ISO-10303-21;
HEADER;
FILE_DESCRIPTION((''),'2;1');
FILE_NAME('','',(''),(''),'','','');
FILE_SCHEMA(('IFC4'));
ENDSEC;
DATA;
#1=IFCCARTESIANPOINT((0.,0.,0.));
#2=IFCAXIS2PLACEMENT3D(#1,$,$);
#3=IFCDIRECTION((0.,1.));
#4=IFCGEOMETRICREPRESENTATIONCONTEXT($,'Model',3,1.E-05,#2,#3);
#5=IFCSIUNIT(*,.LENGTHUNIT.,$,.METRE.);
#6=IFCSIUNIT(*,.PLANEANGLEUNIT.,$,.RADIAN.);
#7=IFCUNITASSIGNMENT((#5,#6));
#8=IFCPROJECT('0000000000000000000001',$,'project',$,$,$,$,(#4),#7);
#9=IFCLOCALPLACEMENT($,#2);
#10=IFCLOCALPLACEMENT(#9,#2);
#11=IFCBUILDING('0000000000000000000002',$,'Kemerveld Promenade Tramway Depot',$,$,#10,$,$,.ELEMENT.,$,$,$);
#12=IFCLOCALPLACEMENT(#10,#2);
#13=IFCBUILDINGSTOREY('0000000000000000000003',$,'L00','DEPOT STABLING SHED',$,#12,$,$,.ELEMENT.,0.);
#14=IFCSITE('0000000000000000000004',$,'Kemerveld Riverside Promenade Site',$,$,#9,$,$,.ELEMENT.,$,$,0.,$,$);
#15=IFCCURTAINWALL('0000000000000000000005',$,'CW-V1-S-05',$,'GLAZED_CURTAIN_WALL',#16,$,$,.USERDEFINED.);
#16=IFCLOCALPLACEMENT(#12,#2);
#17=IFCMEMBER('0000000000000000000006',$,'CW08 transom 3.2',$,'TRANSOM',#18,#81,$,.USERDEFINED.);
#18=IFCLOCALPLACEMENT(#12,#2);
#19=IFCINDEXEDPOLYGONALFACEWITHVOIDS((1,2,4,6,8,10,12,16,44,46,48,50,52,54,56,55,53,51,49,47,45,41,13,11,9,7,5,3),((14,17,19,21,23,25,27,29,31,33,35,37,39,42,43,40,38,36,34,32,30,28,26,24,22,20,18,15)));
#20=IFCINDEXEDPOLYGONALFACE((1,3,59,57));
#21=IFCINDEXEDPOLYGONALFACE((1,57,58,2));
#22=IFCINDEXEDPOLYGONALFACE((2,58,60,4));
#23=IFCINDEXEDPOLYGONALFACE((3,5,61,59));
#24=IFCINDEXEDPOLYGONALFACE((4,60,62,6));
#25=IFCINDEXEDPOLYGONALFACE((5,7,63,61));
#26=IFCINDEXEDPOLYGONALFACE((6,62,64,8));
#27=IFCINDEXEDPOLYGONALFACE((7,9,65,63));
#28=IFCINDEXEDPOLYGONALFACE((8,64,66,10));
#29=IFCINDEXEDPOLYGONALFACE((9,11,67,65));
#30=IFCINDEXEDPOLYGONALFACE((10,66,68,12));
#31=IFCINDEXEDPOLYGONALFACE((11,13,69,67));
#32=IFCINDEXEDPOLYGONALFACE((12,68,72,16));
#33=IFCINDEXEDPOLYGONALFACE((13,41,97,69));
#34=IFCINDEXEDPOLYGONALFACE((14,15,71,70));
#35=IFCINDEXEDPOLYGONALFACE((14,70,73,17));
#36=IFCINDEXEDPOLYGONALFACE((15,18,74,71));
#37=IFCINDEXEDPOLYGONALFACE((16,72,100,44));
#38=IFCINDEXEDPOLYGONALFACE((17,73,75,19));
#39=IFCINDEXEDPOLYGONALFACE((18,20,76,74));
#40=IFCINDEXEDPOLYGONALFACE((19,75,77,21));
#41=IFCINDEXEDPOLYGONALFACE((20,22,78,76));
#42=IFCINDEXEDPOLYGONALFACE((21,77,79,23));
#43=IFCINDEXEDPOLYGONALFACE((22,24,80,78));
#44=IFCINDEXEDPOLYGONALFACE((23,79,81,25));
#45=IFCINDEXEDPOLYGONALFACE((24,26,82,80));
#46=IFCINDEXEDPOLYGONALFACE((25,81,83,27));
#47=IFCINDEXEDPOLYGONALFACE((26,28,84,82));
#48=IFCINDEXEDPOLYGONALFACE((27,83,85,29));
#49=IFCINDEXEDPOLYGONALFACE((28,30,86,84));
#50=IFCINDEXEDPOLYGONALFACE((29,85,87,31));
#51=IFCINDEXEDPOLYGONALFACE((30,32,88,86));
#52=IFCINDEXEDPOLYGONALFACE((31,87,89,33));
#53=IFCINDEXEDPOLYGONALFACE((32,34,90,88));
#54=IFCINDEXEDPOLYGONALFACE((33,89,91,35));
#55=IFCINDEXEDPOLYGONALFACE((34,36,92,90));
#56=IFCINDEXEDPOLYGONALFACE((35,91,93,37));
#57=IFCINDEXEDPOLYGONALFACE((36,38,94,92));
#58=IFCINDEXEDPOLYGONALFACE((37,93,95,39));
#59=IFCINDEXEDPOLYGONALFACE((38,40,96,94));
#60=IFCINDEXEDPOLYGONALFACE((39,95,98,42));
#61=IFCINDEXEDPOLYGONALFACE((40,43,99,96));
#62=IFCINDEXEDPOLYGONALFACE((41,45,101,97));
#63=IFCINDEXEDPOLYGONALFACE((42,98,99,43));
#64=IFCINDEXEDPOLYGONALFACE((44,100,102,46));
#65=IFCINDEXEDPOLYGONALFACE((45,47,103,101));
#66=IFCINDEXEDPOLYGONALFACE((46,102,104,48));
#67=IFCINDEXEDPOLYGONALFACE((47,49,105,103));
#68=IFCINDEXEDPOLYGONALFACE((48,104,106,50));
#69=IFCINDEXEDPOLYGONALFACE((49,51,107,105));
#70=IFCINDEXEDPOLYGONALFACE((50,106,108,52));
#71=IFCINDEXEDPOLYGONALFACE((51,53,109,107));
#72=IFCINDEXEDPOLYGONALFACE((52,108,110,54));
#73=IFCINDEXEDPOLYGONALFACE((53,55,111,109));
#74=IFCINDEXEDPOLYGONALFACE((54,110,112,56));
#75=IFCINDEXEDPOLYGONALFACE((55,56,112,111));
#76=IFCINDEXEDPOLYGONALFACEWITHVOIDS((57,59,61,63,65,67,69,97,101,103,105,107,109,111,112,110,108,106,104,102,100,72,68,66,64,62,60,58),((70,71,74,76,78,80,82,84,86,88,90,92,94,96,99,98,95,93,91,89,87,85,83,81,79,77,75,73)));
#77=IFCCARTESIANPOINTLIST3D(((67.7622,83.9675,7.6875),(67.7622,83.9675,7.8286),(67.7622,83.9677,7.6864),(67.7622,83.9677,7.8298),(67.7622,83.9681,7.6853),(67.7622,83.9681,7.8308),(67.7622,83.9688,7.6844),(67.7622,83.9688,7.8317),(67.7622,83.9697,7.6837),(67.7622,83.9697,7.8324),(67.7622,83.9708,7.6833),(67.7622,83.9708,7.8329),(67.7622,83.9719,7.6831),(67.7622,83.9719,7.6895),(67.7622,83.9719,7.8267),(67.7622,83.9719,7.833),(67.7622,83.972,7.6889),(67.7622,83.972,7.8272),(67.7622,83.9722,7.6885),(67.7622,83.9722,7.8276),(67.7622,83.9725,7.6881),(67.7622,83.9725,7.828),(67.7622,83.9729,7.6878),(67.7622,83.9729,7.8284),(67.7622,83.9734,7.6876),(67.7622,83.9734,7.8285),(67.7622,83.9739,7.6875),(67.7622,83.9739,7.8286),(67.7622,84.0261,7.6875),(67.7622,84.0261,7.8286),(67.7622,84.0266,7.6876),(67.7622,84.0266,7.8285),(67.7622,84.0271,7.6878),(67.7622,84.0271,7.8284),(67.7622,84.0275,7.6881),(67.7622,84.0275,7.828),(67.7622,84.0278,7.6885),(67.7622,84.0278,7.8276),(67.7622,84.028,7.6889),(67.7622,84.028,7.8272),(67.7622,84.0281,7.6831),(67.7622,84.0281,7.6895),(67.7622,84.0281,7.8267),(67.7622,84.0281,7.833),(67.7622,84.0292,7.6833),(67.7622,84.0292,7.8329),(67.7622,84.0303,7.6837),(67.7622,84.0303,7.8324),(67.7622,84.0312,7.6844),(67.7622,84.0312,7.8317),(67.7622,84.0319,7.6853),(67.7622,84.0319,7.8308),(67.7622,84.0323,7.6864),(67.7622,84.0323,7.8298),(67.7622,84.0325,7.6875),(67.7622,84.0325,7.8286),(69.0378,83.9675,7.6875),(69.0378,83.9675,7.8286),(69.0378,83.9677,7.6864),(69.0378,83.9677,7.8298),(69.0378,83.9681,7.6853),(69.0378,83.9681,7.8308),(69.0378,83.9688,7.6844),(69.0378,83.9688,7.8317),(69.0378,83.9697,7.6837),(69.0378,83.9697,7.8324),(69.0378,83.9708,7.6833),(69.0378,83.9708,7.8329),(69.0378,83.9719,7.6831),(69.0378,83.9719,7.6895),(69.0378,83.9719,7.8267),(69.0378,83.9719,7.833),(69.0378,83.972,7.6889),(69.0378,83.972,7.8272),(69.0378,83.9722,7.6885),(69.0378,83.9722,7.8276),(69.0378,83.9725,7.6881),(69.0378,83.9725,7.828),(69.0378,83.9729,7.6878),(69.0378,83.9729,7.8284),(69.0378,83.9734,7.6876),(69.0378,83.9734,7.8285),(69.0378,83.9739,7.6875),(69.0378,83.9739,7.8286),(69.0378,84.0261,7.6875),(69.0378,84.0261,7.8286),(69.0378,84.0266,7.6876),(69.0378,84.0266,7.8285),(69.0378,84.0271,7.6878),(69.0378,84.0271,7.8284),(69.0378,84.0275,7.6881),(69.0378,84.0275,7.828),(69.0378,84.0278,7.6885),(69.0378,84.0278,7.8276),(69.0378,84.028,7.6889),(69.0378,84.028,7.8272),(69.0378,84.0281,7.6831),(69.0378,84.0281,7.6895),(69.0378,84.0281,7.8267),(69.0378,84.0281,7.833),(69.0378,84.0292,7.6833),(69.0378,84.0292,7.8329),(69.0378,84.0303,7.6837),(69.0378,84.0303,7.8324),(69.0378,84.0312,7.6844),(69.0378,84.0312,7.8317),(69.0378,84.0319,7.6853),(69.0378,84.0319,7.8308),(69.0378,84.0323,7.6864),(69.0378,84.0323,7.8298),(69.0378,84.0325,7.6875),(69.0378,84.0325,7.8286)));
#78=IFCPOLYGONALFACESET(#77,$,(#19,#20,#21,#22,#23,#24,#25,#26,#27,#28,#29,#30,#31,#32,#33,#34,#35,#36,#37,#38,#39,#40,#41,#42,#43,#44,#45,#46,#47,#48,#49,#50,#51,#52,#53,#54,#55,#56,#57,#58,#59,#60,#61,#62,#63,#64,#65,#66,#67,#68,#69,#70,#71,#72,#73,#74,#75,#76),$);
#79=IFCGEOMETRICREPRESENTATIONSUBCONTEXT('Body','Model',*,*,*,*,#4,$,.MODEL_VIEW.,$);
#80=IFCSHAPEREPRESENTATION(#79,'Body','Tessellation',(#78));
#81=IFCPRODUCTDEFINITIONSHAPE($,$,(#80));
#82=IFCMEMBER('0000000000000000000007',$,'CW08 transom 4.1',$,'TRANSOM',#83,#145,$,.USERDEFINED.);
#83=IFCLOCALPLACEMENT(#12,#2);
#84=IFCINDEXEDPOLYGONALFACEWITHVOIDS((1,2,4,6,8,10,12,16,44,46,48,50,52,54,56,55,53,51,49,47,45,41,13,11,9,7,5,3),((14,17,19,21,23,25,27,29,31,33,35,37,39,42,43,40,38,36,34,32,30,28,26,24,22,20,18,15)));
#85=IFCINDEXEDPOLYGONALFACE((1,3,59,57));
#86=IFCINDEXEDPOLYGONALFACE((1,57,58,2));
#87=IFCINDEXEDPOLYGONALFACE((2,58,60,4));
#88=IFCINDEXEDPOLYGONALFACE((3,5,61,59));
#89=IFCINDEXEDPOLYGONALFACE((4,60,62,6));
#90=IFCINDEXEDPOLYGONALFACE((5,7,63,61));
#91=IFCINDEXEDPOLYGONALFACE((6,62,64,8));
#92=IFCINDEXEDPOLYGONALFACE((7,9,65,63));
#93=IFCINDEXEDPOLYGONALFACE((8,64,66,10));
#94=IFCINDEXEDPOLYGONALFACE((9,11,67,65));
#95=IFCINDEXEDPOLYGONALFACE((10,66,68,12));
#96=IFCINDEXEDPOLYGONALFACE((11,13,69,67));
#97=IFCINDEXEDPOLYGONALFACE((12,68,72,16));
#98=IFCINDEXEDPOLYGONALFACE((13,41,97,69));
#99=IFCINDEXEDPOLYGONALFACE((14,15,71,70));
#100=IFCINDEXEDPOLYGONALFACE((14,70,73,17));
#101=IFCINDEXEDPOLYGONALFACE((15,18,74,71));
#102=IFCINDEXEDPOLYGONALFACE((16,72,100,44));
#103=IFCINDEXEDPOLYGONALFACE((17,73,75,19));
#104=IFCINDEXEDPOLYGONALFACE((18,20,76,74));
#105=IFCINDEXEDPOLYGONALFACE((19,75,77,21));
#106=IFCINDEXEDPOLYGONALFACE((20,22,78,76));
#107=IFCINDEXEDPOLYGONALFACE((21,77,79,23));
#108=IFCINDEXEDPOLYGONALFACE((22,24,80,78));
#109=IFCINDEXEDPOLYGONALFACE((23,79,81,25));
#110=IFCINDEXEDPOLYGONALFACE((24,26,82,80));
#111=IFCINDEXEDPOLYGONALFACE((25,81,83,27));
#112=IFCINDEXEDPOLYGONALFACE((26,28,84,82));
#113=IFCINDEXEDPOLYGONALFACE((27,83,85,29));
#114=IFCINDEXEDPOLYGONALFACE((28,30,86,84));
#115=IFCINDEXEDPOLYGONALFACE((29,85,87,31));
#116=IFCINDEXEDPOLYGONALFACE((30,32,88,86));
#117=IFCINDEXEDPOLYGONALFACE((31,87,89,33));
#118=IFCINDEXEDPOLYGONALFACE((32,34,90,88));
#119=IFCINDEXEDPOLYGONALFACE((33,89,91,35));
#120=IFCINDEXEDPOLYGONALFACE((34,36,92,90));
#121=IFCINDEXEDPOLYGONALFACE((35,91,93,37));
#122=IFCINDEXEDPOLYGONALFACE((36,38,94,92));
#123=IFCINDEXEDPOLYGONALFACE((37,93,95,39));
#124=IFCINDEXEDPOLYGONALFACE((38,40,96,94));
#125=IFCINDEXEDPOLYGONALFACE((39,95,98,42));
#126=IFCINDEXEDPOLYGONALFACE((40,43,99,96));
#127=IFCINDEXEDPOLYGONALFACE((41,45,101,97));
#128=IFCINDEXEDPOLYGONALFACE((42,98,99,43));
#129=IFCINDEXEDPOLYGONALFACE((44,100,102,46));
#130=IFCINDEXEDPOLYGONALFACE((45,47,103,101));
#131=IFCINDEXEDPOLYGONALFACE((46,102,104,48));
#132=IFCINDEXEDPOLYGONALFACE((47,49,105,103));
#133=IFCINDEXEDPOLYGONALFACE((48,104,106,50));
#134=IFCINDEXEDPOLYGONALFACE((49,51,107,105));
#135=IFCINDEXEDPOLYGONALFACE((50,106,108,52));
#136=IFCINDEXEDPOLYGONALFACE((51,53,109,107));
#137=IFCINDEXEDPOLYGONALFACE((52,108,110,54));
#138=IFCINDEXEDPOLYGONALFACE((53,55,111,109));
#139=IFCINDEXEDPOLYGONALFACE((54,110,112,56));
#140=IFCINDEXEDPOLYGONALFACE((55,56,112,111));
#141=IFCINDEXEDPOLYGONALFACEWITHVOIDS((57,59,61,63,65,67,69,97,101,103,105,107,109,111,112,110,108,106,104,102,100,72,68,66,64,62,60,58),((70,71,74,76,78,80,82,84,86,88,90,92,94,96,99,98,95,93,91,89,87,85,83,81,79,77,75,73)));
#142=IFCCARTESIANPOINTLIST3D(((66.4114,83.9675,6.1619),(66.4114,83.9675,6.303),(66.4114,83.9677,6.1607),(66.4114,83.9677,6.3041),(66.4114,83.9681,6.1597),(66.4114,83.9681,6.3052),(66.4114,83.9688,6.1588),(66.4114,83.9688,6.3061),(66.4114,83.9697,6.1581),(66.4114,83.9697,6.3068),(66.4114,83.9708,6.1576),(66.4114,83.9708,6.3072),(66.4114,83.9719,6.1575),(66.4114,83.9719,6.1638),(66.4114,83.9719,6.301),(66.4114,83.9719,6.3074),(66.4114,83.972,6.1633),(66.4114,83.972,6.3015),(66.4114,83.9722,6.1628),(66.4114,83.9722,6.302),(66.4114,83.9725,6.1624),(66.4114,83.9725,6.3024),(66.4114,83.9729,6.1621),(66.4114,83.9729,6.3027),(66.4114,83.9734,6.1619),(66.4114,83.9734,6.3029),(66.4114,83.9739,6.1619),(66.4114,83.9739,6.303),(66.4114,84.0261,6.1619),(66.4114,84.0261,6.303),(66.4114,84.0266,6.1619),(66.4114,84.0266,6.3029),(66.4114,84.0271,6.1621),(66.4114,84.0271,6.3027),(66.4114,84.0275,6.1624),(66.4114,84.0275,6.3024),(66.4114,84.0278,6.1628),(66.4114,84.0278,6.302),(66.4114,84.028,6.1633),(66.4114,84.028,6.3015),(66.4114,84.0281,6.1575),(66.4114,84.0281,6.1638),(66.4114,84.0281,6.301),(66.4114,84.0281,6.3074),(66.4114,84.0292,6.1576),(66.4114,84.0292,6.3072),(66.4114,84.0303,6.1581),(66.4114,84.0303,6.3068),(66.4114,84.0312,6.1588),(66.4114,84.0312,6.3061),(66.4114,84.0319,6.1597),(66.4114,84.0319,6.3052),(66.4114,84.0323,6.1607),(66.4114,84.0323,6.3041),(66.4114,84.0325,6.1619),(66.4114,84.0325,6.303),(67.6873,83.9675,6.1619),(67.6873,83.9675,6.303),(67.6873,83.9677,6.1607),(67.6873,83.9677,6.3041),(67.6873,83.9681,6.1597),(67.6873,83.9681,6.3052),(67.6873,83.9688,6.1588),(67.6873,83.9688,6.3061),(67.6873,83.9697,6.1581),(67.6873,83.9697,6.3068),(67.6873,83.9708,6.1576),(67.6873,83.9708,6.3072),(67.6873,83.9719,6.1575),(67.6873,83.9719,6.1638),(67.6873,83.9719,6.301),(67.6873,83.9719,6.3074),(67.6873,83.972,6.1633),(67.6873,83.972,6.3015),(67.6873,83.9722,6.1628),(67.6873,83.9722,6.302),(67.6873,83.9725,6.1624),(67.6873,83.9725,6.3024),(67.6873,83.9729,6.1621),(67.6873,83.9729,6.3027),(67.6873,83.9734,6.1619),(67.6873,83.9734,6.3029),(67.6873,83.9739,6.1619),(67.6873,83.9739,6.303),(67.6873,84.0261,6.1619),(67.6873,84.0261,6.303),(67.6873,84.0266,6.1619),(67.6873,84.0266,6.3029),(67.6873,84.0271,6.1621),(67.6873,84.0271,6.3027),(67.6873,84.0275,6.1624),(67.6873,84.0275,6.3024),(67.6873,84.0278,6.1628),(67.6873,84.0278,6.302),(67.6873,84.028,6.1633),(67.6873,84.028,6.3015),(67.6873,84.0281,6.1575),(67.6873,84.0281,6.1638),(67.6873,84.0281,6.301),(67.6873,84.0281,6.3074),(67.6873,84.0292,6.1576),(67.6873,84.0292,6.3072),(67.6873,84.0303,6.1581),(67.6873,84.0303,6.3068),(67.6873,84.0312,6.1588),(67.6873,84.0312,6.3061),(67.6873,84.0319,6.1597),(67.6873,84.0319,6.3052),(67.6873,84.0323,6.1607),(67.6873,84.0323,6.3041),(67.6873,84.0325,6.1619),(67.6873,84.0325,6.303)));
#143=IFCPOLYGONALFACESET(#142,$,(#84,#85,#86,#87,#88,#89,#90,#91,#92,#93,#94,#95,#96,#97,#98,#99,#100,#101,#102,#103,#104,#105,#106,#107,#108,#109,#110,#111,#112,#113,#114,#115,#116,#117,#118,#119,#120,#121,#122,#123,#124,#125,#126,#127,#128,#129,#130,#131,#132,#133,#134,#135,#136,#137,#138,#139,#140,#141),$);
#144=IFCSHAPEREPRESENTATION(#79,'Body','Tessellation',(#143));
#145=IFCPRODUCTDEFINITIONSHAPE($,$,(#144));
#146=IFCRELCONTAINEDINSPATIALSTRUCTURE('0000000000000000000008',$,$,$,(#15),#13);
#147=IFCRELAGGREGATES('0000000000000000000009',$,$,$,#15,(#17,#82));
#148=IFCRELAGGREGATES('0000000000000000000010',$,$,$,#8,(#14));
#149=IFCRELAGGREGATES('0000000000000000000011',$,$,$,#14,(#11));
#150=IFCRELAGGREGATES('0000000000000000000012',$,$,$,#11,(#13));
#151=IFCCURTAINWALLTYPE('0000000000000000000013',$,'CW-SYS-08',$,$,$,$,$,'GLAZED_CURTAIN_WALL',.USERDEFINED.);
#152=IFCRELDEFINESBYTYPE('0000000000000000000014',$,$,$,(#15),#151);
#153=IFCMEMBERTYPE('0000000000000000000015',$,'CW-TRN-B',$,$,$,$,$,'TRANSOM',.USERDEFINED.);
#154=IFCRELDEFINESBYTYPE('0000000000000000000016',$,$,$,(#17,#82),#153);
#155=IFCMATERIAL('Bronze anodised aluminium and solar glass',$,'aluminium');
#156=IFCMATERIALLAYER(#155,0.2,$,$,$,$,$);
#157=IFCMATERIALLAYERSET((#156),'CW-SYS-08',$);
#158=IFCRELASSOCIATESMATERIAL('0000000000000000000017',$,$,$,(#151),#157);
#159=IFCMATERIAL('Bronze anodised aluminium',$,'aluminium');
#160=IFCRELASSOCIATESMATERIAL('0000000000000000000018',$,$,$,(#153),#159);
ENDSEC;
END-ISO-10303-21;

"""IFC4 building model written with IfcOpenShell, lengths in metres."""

from ifc_helpers import new_model, si_unit, direction, frame, origin, origin_2d, place, context, subcontext, project, spatial, hollow_rectangle, extrude, material, layer, layer_set, material_profile, profile_set, type_object, element, aggregate, save


model = new_model("IFC4")

# Units and contexts
model_context = context("Model", 3, precision=1e-05, world=origin(), true_north=direction((0.0, 1.0)))
body_context = subcontext(model_context, "Body", "Model", "MODEL_VIEW")
ifc_project = project(units=[si_unit("LENGTHUNIT", "METRE"), si_unit("PLANEANGLEUNIT", "RADIAN")], contexts=[model_context])

# Site, building, storey
site_placement = place(None, origin())
site = spatial("IfcSite", under=ifc_project, at=site_placement, Name="Kemerveld Riverside Promenade Site", CompositionType="ELEMENT", RefElevation=0.0)
building_placement = place(site_placement, origin())
building = spatial("IfcBuilding", under=site, at=building_placement, Name="Kemerveld Promenade Tramway Depot", CompositionType="ELEMENT")
storey_placement = place(building_placement, origin())
storey = spatial("IfcBuildingStorey", under=building, at=storey_placement, Name="L00", Description="DEPOT STABLING SHED", CompositionType="ELEMENT", Elevation=0.0)

# Curtain wall
ifc_material_1 = material(Name="Bronze anodised aluminium and solar glass", Category="aluminium")
ifc_material_2 = material(Name="Bronze anodised aluminium", Category="aluminium")
ifc_layer_1 = layer(ifc_material_1, 0.2)
ifc_layer_set_1 = layer_set([ifc_layer_1], Name="CW-SYS-08")
curtain_wall_type_1 = type_object("IfcCurtainWallType", Name="CW-SYS-08", ElementType="GLAZED_CURTAIN_WALL", PredefinedType="USERDEFINED", material=ifc_layer_set_1)
curtain_wall_1_placement = place(storey_placement, origin())
curtain_wall_1 = element("IfcCurtainWall", 1, at=curtain_wall_1_placement, inside=storey, type_object=curtain_wall_type_1, Name="CW-V1-S-05", ObjectType="GLAZED_CURTAIN_WALL", PredefinedType="USERDEFINED")

# Members
ifc_material_profile_1 = material_profile(ifc_material_2, hollow_rectangle(XDim=0.0649, YDim=0.1499, WallThickness=0.0044, InnerFilletRadius=0.002, OuterFilletRadius=0.0044, at=origin_2d()), Name="CW-TRN-150x65")
ifc_profile_set_1 = profile_set([ifc_material_profile_1], Name="Bronze anodised aluminium")
member_type_1 = type_object("IfcMemberType", Name="CW-TRN-B", ElementType="TRANSOM", PredefinedType="USERDEFINED", material=ifc_profile_set_1)
member_1_placement = place(storey_placement, frame((69.0378, 84.0, 7.7581), z_axis=(-1.0, 0.0, 0.0), x_axis=(0.0, -1.0, 0.0)))
member_1 = element("IfcMember", 2, at=member_1_placement, type_object=member_type_1, Name="CW08 transom 3.2", ObjectType="TRANSOM", PredefinedType="USERDEFINED", context=body_context, shape_type="SweptSolid", body=[
    extrude(hollow_rectangle(XDim=0.0649, YDim=0.1499, WallThickness=0.0044, InnerFilletRadius=0.002, OuterFilletRadius=0.0044, at=origin_2d()), origin(), (0.0, 0.0, 1.0), 1.2756),
])
member_2_placement = place(storey_placement, frame((67.6873, 84.0, 6.2324), z_axis=(-1.0, 0.0, 0.0), x_axis=(0.0, -1.0, 0.0)))
member_2 = element("IfcMember", 3, at=member_2_placement, type_object=member_type_1, Name="CW08 transom 4.1", ObjectType="TRANSOM", PredefinedType="USERDEFINED", context=body_context, shape_type="SweptSolid", body=[
    extrude(hollow_rectangle(XDim=0.0649, YDim=0.1499, WallThickness=0.0044, InnerFilletRadius=0.002, OuterFilletRadius=0.0044, at=origin_2d()), origin(), (0.0, 0.0, 1.0), 1.2759),
])

aggregate(curtain_wall_1, [member_1, member_2])

save(model, "model.ifc")
